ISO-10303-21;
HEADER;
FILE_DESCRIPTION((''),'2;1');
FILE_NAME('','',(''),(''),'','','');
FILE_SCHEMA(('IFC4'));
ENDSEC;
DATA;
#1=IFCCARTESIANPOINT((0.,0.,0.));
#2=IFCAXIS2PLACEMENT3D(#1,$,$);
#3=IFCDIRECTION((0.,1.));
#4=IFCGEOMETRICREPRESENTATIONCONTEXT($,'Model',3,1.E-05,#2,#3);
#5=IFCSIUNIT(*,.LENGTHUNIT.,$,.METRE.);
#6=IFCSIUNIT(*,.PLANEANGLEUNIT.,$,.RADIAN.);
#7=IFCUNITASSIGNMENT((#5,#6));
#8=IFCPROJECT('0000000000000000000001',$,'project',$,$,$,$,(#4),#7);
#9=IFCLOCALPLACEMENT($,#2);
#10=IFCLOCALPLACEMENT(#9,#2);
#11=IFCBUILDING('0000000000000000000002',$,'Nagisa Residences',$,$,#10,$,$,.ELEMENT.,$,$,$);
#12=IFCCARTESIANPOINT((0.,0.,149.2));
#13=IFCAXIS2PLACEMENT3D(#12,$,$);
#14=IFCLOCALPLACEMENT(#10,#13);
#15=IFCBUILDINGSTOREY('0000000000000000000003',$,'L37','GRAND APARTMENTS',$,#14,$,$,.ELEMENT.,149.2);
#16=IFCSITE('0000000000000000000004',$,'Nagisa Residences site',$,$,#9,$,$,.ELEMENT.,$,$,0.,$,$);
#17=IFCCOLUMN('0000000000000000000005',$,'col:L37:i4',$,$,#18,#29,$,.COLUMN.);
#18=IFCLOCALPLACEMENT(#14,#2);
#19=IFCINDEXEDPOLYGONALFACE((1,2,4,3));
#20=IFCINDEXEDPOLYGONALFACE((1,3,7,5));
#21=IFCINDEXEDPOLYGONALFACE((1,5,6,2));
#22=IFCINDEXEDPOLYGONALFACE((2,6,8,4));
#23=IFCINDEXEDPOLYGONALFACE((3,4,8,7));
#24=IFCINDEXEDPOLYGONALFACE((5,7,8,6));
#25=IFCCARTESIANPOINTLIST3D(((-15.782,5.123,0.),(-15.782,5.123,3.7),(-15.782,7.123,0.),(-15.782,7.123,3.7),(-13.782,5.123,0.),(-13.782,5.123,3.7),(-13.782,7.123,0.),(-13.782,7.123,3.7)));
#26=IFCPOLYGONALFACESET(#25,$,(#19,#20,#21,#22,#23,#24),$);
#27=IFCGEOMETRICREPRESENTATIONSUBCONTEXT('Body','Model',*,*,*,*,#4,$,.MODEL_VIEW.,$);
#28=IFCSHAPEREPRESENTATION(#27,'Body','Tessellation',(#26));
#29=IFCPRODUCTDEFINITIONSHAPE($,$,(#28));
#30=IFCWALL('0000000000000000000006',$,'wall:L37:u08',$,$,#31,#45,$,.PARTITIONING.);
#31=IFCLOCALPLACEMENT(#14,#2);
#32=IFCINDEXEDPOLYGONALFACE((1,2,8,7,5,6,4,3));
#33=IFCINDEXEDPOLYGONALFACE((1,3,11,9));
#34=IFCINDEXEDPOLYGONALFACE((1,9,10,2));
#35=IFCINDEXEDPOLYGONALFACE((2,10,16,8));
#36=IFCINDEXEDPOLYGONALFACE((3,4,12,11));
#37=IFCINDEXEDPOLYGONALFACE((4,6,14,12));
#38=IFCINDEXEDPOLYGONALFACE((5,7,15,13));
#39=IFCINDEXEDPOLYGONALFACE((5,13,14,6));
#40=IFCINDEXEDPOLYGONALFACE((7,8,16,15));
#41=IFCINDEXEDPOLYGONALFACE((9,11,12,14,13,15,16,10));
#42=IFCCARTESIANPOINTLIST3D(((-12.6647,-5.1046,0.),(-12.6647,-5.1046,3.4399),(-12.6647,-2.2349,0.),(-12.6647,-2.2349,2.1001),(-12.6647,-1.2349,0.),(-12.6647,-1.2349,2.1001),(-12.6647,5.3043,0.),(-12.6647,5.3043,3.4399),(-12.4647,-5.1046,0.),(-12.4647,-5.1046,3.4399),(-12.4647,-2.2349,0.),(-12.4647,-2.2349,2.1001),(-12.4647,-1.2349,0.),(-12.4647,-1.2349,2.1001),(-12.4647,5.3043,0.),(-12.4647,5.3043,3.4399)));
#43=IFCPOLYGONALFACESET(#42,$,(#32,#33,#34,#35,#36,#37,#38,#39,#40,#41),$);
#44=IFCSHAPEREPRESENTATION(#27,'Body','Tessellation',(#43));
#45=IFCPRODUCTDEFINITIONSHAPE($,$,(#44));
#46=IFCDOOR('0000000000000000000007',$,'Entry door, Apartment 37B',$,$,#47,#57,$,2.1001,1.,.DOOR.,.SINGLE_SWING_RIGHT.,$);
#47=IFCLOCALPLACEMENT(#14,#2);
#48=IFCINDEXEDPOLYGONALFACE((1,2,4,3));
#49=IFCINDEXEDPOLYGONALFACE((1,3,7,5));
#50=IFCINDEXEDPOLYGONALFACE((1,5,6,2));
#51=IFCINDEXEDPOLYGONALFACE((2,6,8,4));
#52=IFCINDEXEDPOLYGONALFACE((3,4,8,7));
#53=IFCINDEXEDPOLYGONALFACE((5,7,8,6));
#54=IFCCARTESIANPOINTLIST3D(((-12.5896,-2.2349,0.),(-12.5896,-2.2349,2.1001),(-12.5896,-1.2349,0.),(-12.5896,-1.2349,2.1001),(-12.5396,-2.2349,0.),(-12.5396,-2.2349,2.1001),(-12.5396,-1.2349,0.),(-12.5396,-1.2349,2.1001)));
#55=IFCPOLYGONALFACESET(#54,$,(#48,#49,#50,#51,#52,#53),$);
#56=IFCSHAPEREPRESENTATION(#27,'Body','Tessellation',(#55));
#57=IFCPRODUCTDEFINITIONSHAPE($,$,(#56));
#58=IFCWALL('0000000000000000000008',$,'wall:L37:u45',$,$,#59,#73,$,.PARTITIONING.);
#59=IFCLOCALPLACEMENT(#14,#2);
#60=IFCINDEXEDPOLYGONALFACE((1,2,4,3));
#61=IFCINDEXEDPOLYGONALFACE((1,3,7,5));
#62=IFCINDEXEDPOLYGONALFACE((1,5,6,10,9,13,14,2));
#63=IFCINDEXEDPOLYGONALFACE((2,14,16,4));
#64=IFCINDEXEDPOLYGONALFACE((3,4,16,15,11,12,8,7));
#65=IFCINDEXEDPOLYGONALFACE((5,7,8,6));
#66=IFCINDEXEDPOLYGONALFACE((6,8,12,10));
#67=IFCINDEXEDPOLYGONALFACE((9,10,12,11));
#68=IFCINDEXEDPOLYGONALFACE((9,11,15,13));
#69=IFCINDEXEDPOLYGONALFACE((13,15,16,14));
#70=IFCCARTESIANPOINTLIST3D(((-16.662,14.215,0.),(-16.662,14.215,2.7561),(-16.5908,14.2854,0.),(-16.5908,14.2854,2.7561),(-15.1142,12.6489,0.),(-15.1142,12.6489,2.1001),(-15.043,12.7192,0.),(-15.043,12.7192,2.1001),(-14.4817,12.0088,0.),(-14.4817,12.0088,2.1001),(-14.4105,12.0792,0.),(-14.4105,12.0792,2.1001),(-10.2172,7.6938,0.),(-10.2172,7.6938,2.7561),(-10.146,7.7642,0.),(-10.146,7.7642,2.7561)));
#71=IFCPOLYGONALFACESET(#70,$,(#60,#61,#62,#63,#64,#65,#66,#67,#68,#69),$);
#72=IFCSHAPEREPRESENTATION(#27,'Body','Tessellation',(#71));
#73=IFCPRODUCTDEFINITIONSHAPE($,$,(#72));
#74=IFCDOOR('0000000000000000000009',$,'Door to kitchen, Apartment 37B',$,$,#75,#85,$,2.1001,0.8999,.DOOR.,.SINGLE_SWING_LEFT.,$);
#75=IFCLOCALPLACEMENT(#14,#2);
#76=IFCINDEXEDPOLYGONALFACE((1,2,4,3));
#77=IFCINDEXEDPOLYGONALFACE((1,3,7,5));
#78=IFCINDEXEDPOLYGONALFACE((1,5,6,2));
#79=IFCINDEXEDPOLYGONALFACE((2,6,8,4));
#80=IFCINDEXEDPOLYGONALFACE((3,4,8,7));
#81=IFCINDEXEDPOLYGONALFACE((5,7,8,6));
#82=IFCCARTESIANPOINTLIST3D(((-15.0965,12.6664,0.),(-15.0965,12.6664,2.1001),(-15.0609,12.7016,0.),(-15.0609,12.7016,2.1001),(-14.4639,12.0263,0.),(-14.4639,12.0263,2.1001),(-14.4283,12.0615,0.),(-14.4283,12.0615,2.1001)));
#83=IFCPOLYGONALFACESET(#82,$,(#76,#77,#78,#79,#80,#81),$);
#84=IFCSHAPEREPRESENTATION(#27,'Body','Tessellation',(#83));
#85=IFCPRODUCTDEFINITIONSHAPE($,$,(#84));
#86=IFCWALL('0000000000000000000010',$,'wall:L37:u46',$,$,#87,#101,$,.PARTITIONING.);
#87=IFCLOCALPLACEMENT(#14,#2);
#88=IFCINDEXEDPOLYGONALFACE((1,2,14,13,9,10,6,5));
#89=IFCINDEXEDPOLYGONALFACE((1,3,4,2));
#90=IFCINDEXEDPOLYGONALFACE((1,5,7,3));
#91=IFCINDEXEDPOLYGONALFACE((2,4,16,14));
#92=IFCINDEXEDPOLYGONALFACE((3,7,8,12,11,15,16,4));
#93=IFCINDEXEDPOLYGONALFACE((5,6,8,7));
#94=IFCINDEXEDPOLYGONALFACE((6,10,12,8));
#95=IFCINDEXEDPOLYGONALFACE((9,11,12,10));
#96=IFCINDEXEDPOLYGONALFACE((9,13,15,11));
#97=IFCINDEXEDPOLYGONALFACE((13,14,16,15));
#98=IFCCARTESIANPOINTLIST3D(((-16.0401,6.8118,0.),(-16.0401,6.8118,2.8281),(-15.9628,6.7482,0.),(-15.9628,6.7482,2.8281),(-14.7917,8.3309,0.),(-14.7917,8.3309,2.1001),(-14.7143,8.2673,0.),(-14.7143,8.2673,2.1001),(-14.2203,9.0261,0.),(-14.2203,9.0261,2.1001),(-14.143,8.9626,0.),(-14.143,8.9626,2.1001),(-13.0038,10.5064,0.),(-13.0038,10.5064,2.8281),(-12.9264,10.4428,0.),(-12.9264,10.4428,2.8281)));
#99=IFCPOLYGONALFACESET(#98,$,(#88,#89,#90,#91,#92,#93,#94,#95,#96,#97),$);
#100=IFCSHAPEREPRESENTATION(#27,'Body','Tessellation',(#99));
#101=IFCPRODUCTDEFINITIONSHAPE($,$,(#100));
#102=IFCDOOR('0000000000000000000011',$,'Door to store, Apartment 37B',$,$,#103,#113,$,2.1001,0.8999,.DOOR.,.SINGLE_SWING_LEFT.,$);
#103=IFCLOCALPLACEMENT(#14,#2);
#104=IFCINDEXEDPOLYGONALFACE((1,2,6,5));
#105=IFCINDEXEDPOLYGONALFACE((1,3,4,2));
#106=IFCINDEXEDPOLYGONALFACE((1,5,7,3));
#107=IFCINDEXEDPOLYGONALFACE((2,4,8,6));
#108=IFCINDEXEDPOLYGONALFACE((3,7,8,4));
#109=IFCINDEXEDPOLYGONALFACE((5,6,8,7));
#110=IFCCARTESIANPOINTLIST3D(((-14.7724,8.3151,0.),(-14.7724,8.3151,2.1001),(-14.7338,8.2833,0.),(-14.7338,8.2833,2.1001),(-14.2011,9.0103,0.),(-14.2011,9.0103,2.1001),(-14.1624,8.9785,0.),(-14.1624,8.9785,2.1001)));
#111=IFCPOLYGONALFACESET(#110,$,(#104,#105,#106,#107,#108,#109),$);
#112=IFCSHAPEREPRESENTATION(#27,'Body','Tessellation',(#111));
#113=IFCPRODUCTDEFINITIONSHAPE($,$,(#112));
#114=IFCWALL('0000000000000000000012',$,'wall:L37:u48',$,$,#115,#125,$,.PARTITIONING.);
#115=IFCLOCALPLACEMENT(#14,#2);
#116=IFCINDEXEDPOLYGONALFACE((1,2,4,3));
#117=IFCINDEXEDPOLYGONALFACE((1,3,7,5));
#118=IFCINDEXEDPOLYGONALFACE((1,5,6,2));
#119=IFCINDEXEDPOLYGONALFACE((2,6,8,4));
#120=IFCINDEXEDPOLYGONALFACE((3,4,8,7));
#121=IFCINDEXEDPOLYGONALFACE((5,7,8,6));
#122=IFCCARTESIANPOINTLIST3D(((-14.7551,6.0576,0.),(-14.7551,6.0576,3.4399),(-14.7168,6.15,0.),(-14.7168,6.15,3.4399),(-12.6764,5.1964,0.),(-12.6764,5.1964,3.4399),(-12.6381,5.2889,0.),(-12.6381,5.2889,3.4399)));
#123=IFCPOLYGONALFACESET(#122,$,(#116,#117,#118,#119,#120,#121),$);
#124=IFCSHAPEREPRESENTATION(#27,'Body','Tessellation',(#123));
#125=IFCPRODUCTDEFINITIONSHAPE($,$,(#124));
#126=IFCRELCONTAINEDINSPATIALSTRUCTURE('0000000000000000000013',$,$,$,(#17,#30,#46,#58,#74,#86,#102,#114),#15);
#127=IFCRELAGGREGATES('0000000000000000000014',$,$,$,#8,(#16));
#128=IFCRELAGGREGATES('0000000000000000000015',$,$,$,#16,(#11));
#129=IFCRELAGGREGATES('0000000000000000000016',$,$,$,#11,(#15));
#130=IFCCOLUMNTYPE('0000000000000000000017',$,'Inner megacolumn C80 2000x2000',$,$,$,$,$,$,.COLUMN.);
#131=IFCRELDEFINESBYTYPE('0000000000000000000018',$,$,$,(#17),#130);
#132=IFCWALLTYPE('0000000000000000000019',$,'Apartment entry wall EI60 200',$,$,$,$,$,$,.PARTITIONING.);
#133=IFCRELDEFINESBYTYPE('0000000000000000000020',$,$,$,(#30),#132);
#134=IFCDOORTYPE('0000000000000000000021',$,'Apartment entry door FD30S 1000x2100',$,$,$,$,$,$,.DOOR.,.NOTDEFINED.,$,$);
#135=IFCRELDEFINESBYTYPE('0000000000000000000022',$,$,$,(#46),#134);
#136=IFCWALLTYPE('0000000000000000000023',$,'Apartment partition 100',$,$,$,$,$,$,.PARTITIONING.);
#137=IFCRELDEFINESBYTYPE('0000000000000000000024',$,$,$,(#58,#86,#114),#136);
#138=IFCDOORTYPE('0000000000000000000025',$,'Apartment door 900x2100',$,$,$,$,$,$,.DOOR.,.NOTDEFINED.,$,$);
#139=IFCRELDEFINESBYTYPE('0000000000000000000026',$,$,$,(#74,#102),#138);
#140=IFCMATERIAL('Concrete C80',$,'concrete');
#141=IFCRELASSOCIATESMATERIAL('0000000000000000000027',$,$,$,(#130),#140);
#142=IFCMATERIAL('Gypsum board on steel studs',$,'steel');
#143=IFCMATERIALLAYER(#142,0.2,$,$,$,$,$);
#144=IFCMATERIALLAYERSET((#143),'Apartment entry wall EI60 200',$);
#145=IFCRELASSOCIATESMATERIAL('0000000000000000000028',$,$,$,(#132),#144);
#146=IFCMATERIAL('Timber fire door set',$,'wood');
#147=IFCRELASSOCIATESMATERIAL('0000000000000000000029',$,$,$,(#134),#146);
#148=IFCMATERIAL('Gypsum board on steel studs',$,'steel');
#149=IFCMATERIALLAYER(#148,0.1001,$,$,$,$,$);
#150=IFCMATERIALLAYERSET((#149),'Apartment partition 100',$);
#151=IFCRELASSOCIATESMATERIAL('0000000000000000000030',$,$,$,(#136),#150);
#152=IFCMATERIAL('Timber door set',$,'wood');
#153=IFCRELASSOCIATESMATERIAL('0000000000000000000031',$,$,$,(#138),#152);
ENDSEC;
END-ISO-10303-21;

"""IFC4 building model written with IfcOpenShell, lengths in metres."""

from ifc_helpers import new_model, si_unit, direction, frame, frame_2d, origin, origin_2d, place, context, subcontext, project, spatial, rectangle, extrude, material, layer, layer_set, material_profile, profile_set, type_object, element, fill, save


model = new_model("IFC4")

# Units and contexts
model_context = context("Model", 3, precision=1e-05, world=origin(), true_north=direction((0.0, 1.0)))
body_context = subcontext(model_context, "Body", "Model", "MODEL_VIEW")
ifc_project = project(units=[si_unit("LENGTHUNIT", "METRE"), si_unit("PLANEANGLEUNIT", "RADIAN")], contexts=[model_context])

# Site, building, storey
site_placement = place(None, origin())
site = spatial("IfcSite", under=ifc_project, at=site_placement, Name="Nagisa Residences site", CompositionType="ELEMENT", RefElevation=0.0)
building_placement = place(site_placement, origin())
building = spatial("IfcBuilding", under=site, at=building_placement, Name="Nagisa Residences", CompositionType="ELEMENT")
storey_placement = place(building_placement, frame((0.0, 0.0, 149.2)))
storey = spatial("IfcBuildingStorey", under=building, at=storey_placement, Name="L37", Description="GRAND APARTMENTS", CompositionType="ELEMENT", Elevation=149.2)

# Column
ifc_material_1 = material(Name="Concrete C80", Category="concrete")
ifc_material_profile = material_profile(ifc_material_1, rectangle(XDim=2.0, YDim=2.0, at=origin_2d()), Name="C80 2000x2000")
ifc_profile_set = profile_set([ifc_material_profile], Name="Concrete C80")
column_type = type_object("IfcColumnType", Name="Inner megacolumn C80 2000x2000", PredefinedType="COLUMN", material=ifc_profile_set)
column_placement = place(storey_placement, frame((-14.782, 6.123, 0.0), z_axis=(0.0, 0.0, 1.0), x_axis=(1.0, 0.0, 0.0)))
element("IfcColumn", 1, at=column_placement, inside=storey, type_object=column_type, Name="col:L37:i4", PredefinedType="COLUMN", context=body_context, shape_type="SweptSolid", body=[
    extrude(rectangle(XDim=2.0, YDim=2.0, at=origin_2d()), origin(), (0.0, 0.0, 1.0), 3.7),
])

# Walls, openings, doors
ifc_material_2 = material(Name="Gypsum board on steel studs", Category="steel")
ifc_layer_1 = layer(ifc_material_2, 0.2)
ifc_layer_set_1 = layer_set([ifc_layer_1], Name="Apartment entry wall EI60 200")
wall_type_1 = type_object("IfcWallType", Name="Apartment entry wall EI60 200", PredefinedType="PARTITIONING", material=ifc_layer_set_1)
wall_1_placement = place(storey_placement, frame((-12.5647, 5.3044, 0.0), z_axis=(0.0, 0.0, 1.0), x_axis=(0.0, -1.0, 0.0)))
wall_1 = element("IfcWall", 2, at=wall_1_placement, inside=storey, type_object=wall_type_1, Name="wall:L37:u08", PredefinedType="PARTITIONING", context=body_context, shape_type="SweptSolid", body=[
    extrude(rectangle(XDim=10.4089, YDim=0.2, at=frame_2d((5.2046, 0.0))), origin(), (0.0, 0.0, 1.0), 3.4399),
])
opening_1_placement = place(wall_1_placement, frame((6.5393, 0.0, 0.0)))
opening_1 = element("IfcOpeningElement", 3, at=opening_1_placement, cuts=wall_1, PredefinedType="OPENING", context=body_context, shape_type="SweptSolid", body=[
    extrude(rectangle(XDim=1.0, YDim=2.1001, at=frame_2d((0.5, 1.05))), frame((0.0, 0.1099, 0.0), z_axis=(0.0, -1.0, 0.0), x_axis=(1.0, 0.0, 0.0)), (0.0, 0.0, 1.0), 0.22),
])
ifc_material_3 = material(Name="Timber fire door set", Category="wood")
door_type_1 = type_object("IfcDoorType", Name="Apartment entry door FD30S 1000x2100", OperationType="NOTDEFINED", PredefinedType="DOOR", material=ifc_material_3)
door_1_placement = place(opening_1_placement, frame((1.0, 0.0, 0.0), x_axis=(-1.0, 0.0, 0.0)))
door_1 = element("IfcDoor", 4, at=door_1_placement, inside=storey, type_object=door_type_1, Name="Entry door, Apartment 37B", OperationType="SINGLE_SWING_RIGHT", OverallHeight=2.1001, OverallWidth=1.0, PredefinedType="DOOR", context=body_context, shape_type="SweptSolid", body=[
    extrude(rectangle(XDim=1.0, YDim=2.1001, at=frame_2d((0.5, 1.05))), frame((0.0, 0.0249, 0.0), z_axis=(0.0, -1.0, 0.0), x_axis=(1.0, 0.0, 0.0)), (0.0, 0.0, 1.0), 0.05),
])
fill(opening_1, door_1)
ifc_material_4 = material(Name="Gypsum board on steel studs", Category="steel")
ifc_layer_2 = layer(ifc_material_4, 0.1001)
ifc_layer_set_2 = layer_set([ifc_layer_2], Name="Apartment partition 100")
wall_type_2 = type_object("IfcWallType", Name="Apartment partition 100", PredefinedType="PARTITIONING", material=ifc_layer_set_2)
wall_2_placement = place(storey_placement, frame((-10.1816, 7.729, 0.0), z_axis=(0.0, 0.0, 1.0), x_axis=(-0.702927, 0.711262, 0.0)))
wall_2 = element("IfcWall", 5, at=wall_2_placement, inside=storey, type_object=wall_type_2, Name="wall:L37:u45", PredefinedType="PARTITIONING", context=body_context, shape_type="SweptSolid", body=[
    extrude(rectangle(XDim=9.1685, YDim=0.1001, at=frame_2d((4.5842, 0.0))), origin(), (0.0, 0.0, 1.0), 2.7561),
])
opening_2_placement = place(wall_2_placement, frame((6.0667, 0.0, 0.0)))
opening_2 = element("IfcOpeningElement", 6, at=opening_2_placement, cuts=wall_2, PredefinedType="OPENING", context=body_context, shape_type="SweptSolid", body=[
    extrude(rectangle(XDim=0.8999, YDim=2.1001, at=frame_2d((0.45, 1.05))), frame((0.0, 0.0601, 0.0), z_axis=(0.0, -1.0, 0.0), x_axis=(1.0, 0.0, 0.0)), (0.0, 0.0, 1.0), 0.1201),
])
ifc_material_5 = material(Name="Timber door set", Category="wood")
door_type_2 = type_object("IfcDoorType", Name="Apartment door 900x2100", OperationType="NOTDEFINED", PredefinedType="DOOR", material=ifc_material_5)
door_2_placement = place(opening_2_placement, frame((0.8999, 0.0, 0.0), x_axis=(-1.0, 0.0, 0.0)))
door_2 = element("IfcDoor", 7, at=door_2_placement, inside=storey, type_object=door_type_2, Name="Door to kitchen, Apartment 37B", OperationType="SINGLE_SWING_LEFT", OverallHeight=2.1001, OverallWidth=0.8999, PredefinedType="DOOR", context=body_context, shape_type="SweptSolid", body=[
    extrude(rectangle(XDim=0.8999, YDim=2.1001, at=frame_2d((0.45, 1.05))), frame((0.0, 0.0249, 0.0), z_axis=(0.0, -1.0, 0.0), x_axis=(1.0, 0.0, 0.0)), (0.0, 0.0, 1.0), 0.05),
])
fill(opening_2, door_2)
wall_3_placement = place(storey_placement, frame((-12.9651, 10.4746, 0.0), z_axis=(0.0, 0.0, 1.0), x_axis=(-0.634932, -0.772568, 0.0)))
wall_3 = element("IfcWall", 8, at=wall_3_placement, inside=storey, type_object=wall_type_2, Name="wall:L37:u46", PredefinedType="PARTITIONING", context=body_context, shape_type="SweptSolid", body=[
    extrude(rectangle(XDim=4.7822, YDim=0.1001, at=frame_2d((2.3911, 0.0))), origin(), (0.0, 0.0, 1.0), 2.8281),
])
opening_3_placement = place(wall_3_placement, frame((1.916, 0.0, 0.0)))
opening_3 = element("IfcOpeningElement", 9, at=opening_3_placement, cuts=wall_3, PredefinedType="OPENING", context=body_context, shape_type="SweptSolid", body=[
    extrude(rectangle(XDim=0.8999, YDim=2.1001, at=frame_2d((0.45, 1.05))), frame((0.0, 0.0601, 0.0), z_axis=(0.0, -1.0, 0.0), x_axis=(1.0, 0.0, 0.0)), (0.0, 0.0, 1.0), 0.1201),
])
door_3_placement = place(opening_3_placement, origin())
door_3 = element("IfcDoor", 10, at=door_3_placement, inside=storey, type_object=door_type_2, Name="Door to store, Apartment 37B", OperationType="SINGLE_SWING_LEFT", OverallHeight=2.1001, OverallWidth=0.8999, PredefinedType="DOOR", context=body_context, shape_type="SweptSolid", body=[
    extrude(rectangle(XDim=0.8999, YDim=2.1001, at=frame_2d((0.45, 1.05))), frame((0.0, 0.0249, 0.0), z_axis=(0.0, -1.0, 0.0), x_axis=(1.0, 0.0, 0.0)), (0.0, 0.0, 1.0), 0.05),
])
fill(opening_3, door_3)

# Wall
wall_4_placement = place(storey_placement, frame((-12.6572, 5.2427, 0.0), z_axis=(0.0, 0.0, 1.0), x_axis=(-0.923865, 0.382719, 0.0)))
element("IfcWall", 11, at=wall_4_placement, inside=storey, type_object=wall_type_2, Name="wall:L37:u48", PredefinedType="PARTITIONING", context=body_context, shape_type="SweptSolid", body=[
    extrude(rectangle(XDim=2.25, YDim=0.1001, at=frame_2d((1.125, 0.0))), origin(), (0.0, 0.0, 1.0), 3.4399),
])

save(model, "model.ifc")
